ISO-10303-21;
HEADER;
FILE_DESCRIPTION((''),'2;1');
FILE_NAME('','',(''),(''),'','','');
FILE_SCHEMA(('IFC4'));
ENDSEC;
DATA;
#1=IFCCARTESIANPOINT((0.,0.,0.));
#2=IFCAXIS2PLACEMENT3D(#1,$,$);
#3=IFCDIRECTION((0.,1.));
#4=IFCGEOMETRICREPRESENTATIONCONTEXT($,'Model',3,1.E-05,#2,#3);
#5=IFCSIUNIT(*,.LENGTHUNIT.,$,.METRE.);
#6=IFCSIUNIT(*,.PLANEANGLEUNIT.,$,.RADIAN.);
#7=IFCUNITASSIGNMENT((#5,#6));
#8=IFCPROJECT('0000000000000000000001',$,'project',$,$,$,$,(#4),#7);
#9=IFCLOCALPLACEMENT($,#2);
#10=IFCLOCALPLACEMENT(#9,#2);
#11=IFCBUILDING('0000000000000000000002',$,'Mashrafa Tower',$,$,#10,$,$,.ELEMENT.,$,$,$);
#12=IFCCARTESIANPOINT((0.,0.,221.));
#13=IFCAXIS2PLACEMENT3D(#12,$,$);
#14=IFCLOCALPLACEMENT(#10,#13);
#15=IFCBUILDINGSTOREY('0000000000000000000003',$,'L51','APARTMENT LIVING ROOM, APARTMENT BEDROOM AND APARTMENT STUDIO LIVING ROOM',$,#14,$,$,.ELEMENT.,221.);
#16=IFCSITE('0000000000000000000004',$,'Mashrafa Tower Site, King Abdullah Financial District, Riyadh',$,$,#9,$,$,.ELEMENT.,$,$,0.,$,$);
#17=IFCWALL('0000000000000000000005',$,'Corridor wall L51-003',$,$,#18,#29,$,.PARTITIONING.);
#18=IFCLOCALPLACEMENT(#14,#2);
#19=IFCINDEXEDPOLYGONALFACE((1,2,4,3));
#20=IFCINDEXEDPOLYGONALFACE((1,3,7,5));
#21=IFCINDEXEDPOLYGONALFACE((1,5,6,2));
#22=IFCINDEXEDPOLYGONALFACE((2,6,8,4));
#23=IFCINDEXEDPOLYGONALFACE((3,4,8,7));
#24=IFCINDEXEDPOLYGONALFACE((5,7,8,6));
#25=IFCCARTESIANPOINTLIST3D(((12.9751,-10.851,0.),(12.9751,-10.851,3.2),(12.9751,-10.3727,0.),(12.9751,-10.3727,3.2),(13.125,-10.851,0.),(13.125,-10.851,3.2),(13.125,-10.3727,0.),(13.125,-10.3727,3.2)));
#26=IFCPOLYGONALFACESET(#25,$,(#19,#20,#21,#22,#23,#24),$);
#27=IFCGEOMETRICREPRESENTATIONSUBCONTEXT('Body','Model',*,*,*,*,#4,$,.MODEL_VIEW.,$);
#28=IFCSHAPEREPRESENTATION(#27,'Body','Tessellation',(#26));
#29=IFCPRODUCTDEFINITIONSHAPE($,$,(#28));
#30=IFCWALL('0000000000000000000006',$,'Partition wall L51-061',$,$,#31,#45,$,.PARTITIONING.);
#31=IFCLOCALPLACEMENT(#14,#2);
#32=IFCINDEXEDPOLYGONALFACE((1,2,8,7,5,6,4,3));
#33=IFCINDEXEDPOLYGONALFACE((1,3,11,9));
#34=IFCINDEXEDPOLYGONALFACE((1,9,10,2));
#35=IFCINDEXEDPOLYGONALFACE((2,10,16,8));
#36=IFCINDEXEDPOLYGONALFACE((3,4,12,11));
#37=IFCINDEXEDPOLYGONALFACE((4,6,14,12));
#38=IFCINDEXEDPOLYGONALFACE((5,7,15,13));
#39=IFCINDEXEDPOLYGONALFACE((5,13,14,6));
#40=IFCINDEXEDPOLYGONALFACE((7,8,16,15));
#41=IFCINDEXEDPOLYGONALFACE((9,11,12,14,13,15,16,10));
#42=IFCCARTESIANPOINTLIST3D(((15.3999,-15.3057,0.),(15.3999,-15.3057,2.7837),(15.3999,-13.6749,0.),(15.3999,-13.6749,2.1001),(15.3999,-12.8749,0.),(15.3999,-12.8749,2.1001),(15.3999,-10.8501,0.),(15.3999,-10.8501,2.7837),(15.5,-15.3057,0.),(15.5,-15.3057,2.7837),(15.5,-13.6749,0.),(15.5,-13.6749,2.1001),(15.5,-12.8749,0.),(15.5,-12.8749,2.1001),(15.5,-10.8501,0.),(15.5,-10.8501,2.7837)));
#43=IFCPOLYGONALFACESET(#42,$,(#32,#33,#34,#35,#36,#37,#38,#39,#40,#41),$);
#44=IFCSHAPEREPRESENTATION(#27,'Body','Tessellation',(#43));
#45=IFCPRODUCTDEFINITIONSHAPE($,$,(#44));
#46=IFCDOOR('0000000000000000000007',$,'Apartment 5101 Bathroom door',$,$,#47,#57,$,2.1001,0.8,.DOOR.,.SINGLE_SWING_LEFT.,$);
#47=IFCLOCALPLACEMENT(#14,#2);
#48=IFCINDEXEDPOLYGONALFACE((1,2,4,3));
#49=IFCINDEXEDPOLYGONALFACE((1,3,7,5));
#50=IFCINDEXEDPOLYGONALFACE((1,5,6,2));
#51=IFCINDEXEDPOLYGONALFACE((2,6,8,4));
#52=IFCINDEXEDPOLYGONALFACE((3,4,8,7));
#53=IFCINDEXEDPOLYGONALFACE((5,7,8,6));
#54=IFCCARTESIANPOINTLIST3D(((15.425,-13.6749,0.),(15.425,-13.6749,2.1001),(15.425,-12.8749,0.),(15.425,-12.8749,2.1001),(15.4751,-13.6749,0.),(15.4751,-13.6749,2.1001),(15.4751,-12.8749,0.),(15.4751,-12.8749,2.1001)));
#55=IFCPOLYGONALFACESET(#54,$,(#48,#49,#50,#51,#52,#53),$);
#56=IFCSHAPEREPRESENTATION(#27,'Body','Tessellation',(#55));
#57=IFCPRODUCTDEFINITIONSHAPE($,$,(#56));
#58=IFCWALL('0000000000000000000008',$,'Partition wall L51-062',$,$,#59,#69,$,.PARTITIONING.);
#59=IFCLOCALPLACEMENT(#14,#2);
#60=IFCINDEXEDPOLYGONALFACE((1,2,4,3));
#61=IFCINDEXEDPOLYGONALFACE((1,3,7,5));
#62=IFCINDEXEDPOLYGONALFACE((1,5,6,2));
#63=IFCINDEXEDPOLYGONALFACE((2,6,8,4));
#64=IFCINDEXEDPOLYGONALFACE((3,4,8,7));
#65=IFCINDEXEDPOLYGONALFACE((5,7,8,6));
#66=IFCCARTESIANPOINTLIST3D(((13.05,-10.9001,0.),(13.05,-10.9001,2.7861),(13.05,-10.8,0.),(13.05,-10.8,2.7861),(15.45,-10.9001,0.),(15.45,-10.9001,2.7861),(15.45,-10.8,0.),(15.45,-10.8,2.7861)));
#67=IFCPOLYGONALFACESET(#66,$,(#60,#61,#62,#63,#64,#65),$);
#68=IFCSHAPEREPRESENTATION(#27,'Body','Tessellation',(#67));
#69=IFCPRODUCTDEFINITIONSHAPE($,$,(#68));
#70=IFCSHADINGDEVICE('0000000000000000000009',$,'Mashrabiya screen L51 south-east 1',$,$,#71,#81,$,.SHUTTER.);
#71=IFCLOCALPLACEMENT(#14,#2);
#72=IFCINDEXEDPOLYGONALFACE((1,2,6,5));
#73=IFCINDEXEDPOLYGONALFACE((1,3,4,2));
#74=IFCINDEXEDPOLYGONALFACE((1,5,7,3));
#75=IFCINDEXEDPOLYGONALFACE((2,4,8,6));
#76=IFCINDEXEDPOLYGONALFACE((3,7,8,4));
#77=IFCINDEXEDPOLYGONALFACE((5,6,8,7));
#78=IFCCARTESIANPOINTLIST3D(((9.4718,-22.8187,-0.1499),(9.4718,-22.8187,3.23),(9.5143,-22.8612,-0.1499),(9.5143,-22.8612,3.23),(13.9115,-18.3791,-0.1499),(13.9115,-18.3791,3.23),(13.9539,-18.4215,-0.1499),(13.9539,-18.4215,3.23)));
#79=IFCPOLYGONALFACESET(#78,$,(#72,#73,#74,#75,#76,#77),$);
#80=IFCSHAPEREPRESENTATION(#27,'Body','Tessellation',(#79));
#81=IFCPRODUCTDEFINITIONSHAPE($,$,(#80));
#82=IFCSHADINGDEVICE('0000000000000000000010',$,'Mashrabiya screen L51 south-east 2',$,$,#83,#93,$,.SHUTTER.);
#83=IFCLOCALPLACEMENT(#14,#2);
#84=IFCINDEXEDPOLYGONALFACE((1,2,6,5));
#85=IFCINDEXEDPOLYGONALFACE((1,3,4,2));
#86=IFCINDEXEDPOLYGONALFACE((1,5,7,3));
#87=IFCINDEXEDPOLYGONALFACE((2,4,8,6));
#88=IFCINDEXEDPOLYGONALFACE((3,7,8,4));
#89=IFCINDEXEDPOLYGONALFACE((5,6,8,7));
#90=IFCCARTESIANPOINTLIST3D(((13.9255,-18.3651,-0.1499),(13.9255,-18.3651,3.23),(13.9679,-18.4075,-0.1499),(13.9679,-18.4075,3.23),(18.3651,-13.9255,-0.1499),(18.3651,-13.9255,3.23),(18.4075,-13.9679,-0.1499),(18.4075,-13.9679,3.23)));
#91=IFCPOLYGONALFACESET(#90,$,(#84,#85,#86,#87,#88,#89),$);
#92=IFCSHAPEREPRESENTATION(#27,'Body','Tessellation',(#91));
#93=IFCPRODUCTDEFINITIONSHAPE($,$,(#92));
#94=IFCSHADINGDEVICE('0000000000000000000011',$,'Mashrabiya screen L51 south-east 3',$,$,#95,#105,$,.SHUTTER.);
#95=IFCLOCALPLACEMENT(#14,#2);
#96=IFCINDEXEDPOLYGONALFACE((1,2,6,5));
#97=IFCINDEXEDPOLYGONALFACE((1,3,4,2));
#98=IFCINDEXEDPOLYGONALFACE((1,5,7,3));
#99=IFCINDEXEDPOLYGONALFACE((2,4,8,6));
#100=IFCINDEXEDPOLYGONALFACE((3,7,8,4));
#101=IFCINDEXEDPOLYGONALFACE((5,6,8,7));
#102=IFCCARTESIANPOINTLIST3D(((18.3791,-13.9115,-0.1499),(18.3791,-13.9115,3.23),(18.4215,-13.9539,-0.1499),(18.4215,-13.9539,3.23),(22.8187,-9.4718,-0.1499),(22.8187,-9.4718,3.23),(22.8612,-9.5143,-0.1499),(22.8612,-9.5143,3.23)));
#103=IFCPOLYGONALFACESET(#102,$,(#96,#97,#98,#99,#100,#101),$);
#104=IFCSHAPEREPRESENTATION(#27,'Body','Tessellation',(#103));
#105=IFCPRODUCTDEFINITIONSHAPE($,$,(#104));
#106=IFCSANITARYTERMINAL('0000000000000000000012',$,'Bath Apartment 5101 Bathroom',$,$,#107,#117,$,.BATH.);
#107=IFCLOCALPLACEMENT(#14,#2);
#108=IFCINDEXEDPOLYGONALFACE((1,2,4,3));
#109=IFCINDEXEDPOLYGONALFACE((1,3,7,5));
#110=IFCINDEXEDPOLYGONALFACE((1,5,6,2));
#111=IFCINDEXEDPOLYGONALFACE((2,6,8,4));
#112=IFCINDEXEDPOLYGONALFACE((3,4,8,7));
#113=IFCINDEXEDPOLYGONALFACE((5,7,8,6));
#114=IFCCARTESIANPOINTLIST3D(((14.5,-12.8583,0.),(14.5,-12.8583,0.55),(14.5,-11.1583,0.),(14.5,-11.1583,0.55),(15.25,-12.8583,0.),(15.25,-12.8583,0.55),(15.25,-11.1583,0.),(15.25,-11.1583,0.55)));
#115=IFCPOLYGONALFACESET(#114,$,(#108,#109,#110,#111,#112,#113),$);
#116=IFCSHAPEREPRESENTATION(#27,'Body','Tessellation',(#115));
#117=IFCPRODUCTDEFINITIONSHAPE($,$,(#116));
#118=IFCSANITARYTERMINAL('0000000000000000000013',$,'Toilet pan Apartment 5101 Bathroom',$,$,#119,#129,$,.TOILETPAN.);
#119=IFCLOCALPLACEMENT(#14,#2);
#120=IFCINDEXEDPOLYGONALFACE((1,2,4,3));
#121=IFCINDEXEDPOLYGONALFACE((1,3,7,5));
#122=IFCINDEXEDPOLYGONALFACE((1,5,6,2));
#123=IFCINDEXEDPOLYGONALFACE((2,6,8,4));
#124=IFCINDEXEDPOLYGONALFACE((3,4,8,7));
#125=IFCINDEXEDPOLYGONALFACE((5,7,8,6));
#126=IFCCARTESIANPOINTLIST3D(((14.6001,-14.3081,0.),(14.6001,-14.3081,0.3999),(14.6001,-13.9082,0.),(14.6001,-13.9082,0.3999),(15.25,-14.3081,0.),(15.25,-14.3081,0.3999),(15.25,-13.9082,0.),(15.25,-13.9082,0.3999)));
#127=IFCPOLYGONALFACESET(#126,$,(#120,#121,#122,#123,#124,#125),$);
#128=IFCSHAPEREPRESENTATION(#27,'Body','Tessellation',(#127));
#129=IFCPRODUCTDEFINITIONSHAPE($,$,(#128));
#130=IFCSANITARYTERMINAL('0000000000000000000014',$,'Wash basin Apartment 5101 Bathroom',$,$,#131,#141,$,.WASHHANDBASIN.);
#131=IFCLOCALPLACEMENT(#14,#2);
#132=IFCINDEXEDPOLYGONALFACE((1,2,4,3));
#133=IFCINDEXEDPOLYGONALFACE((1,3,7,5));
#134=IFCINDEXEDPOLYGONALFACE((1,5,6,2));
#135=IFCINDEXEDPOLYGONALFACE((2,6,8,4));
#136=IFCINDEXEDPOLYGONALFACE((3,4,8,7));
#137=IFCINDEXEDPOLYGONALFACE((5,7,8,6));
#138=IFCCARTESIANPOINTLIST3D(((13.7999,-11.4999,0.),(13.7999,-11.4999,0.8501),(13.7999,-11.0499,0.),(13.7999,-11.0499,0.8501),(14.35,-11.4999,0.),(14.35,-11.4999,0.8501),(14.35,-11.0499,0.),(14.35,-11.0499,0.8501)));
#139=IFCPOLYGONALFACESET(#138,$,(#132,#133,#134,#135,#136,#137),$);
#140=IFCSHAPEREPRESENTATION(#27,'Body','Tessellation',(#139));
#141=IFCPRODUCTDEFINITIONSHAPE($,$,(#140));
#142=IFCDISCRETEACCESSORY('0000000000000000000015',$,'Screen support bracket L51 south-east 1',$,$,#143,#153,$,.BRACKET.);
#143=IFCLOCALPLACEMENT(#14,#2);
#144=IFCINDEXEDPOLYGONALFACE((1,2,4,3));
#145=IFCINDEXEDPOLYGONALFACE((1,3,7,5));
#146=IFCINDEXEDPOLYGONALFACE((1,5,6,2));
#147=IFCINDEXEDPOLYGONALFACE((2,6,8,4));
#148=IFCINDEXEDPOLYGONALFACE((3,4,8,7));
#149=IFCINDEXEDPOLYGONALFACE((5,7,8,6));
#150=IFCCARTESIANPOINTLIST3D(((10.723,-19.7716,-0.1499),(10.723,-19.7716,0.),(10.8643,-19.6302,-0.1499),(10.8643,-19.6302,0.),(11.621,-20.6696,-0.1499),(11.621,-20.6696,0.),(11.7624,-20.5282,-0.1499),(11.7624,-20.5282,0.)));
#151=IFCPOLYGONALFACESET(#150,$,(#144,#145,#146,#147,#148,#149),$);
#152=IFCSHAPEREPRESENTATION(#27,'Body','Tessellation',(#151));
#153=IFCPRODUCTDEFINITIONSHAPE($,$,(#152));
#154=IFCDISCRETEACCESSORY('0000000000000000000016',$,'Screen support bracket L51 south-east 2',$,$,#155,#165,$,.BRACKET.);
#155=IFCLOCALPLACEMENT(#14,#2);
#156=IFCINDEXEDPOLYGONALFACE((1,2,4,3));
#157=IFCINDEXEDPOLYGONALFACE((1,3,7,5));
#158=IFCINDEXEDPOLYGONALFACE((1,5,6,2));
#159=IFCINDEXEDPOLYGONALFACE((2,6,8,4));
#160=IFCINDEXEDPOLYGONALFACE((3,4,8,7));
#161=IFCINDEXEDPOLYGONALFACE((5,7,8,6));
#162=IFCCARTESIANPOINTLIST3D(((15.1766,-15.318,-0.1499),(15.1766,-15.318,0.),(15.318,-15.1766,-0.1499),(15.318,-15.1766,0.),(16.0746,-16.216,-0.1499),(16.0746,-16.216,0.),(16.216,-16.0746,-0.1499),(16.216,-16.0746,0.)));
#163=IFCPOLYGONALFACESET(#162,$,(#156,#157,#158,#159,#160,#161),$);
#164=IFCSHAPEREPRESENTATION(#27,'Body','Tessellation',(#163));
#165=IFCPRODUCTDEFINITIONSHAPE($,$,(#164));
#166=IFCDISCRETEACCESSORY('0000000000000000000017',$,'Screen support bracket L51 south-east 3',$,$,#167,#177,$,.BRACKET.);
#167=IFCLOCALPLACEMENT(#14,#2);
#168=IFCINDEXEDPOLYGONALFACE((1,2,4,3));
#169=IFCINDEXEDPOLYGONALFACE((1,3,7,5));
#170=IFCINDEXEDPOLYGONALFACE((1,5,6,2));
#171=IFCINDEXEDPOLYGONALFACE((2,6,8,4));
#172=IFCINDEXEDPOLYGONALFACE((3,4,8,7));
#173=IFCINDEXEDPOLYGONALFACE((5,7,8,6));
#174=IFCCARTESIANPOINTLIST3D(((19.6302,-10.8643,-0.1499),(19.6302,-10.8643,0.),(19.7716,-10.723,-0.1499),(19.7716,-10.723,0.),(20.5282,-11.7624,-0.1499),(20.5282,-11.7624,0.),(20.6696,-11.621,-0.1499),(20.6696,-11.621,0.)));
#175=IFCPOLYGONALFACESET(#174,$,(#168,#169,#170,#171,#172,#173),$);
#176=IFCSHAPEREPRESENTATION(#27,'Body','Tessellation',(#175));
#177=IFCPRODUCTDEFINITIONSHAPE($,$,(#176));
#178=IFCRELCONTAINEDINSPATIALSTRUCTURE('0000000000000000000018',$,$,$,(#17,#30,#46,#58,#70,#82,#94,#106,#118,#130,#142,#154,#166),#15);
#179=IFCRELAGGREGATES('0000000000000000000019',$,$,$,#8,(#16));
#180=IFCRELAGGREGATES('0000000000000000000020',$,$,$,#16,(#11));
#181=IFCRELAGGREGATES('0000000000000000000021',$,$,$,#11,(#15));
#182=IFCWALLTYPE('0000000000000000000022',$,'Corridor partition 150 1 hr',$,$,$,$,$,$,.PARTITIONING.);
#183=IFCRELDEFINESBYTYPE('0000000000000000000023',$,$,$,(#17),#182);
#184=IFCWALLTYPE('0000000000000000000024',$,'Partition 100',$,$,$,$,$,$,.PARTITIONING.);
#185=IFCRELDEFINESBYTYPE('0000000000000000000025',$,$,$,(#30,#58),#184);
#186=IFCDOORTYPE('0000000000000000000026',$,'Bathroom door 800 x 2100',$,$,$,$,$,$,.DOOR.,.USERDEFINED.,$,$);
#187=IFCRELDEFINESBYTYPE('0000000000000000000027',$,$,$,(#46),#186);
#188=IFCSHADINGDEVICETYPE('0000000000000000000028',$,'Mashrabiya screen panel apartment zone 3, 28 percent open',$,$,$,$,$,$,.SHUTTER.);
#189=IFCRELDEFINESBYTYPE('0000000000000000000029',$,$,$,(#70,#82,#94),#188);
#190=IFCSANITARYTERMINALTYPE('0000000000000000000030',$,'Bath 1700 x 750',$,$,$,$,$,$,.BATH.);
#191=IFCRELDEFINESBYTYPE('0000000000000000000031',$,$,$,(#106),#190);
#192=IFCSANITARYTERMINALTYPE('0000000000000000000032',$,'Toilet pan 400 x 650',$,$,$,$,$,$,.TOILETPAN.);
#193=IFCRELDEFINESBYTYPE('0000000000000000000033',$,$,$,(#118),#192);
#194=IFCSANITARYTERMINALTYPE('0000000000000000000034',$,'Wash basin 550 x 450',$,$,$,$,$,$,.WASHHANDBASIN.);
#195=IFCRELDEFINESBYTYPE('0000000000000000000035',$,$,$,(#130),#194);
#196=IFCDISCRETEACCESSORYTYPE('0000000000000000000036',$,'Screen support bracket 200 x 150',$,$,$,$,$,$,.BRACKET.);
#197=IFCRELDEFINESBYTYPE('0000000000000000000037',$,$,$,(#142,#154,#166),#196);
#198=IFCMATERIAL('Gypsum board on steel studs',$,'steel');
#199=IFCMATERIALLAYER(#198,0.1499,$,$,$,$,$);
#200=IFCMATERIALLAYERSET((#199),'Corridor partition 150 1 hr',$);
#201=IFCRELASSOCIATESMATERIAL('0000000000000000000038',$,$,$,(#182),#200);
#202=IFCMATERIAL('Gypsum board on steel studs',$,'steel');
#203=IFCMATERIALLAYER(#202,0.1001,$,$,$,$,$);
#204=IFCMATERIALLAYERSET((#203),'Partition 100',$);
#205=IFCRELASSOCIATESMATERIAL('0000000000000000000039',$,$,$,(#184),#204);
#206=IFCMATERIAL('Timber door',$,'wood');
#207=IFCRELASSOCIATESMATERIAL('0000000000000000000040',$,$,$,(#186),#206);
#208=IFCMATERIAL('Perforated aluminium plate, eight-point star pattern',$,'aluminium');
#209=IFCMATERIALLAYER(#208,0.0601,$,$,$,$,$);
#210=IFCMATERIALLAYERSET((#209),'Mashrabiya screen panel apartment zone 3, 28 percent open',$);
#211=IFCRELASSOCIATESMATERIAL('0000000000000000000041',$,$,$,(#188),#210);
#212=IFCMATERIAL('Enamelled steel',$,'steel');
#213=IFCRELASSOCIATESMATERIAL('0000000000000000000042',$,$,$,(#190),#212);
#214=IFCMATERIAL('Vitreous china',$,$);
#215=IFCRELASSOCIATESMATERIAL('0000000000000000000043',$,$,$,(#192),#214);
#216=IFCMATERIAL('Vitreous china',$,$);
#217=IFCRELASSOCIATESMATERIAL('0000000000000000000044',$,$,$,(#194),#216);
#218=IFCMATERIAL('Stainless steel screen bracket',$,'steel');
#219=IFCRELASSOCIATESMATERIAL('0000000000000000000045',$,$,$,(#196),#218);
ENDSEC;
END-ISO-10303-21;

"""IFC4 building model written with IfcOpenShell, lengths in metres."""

from ifc_helpers import new_model, si_unit, direction, frame, frame_2d, origin, origin_2d, place, context, subcontext, project, spatial, rectangle, extrude, source, transform, mapped, material, layer, layer_set, type_object, type_shapes, element, fill, save


model = new_model("IFC4")

# Units and contexts
model_context = context("Model", 3, precision=1e-05, world=origin(), true_north=direction((0.0, 1.0)))
body_context = subcontext(model_context, "Body", "Model", "MODEL_VIEW")
ifc_project = project(units=[si_unit("LENGTHUNIT", "METRE"), si_unit("PLANEANGLEUNIT", "RADIAN")], contexts=[model_context])

# Site, building, storey
site_placement = place(None, origin())
site = spatial("IfcSite", under=ifc_project, at=site_placement, Name="Mashrafa Tower Site, King Abdullah Financial District, Riyadh", CompositionType="ELEMENT", RefElevation=0.0)
building_placement = place(site_placement, origin())
building = spatial("IfcBuilding", under=site, at=building_placement, Name="Mashrafa Tower", CompositionType="ELEMENT")
storey_placement = place(building_placement, frame((0.0, 0.0, 221.0)))
storey = spatial("IfcBuildingStorey", under=building, at=storey_placement, Name="L51", Description="APARTMENT LIVING ROOM, APARTMENT BEDROOM AND APARTMENT STUDIO LIVING ROOM", CompositionType="ELEMENT", Elevation=221.0)

# Wall
ifc_material_1 = material(Name="Gypsum board on steel studs", Category="steel")
ifc_layer_1 = layer(ifc_material_1, 0.1499)
ifc_layer_set_1 = layer_set([ifc_layer_1], Name="Corridor partition 150 1 hr")
wall_type_1 = type_object("IfcWallType", Name="Corridor partition 150 1 hr", PredefinedType="PARTITIONING", material=ifc_layer_set_1)
wall_1_placement = place(storey_placement, frame((13.05, -10.8511, 0.0), z_axis=(0.0, 0.0, 1.0), x_axis=(0.0, 1.0, 0.0)))
element("IfcWall", 1, at=wall_1_placement, inside=storey, type_object=wall_type_1, Name="Corridor wall L51-003", PredefinedType="PARTITIONING", context=body_context, shape_type="SweptSolid", body=[
    extrude(rectangle(XDim=0.4783, YDim=0.1499, at=frame_2d((0.2393, 0.0))), origin(), (0.0, 0.0, 1.0), 3.2),
])

# Wall, opening, door
ifc_material_2 = material(Name="Gypsum board on steel studs", Category="steel")
ifc_layer_2 = layer(ifc_material_2, 0.1001)
ifc_layer_set_2 = layer_set([ifc_layer_2], Name="Partition 100")
wall_type_2 = type_object("IfcWallType", Name="Partition 100", PredefinedType="PARTITIONING", material=ifc_layer_set_2)
wall_2_placement = place(storey_placement, frame((15.45, -15.3057, 0.0), z_axis=(0.0, 0.0, 1.0), x_axis=(0.0, 1.0, 0.0)))
wall_2 = element("IfcWall", 2, at=wall_2_placement, inside=storey, type_object=wall_type_2, Name="Partition wall L51-061", PredefinedType="PARTITIONING", context=body_context, shape_type="SweptSolid", body=[
    extrude(rectangle(XDim=4.4556, YDim=0.1001, at=frame_2d((2.2278, 0.0))), origin(), (0.0, 0.0, 1.0), 2.7837),
])
opening_placement = place(wall_2_placement, frame((1.6309, 0.0, 0.0)))
opening = element("IfcOpeningElement", 3, at=opening_placement, cuts=wall_2, PredefinedType="OPENING", context=body_context, shape_type="SweptSolid", body=[
    extrude(rectangle(XDim=0.8, YDim=2.1001, at=frame_2d((0.3999, 1.05))), frame((0.0, 0.0601, 0.0), z_axis=(0.0, -1.0, 0.0), x_axis=(1.0, 0.0, 0.0)), (0.0, 0.0, 1.0), 0.1201),
])
ifc_material_3 = material(Name="Timber door", Category="wood")
door_type = type_object("IfcDoorType", Name="Bathroom door 800 x 2100", OperationType="USERDEFINED", PredefinedType="DOOR", material=ifc_material_3)
door_placement = place(opening_placement, origin())
door = element("IfcDoor", 4, at=door_placement, inside=storey, type_object=door_type, Name="Apartment 5101 Bathroom door", OperationType="SINGLE_SWING_LEFT", OverallHeight=2.1001, OverallWidth=0.8, PredefinedType="DOOR", context=body_context, shape_type="SweptSolid", body=[
    extrude(rectangle(XDim=0.8, YDim=2.1001, at=frame_2d((0.3999, 1.05))), frame((0.0, 0.0249, 0.0), z_axis=(0.0, -1.0, 0.0), x_axis=(1.0, 0.0, 0.0)), (0.0, 0.0, 1.0), 0.05),
])
fill(opening, door)

# Wall
wall_3_placement = place(storey_placement, frame((15.45, -10.8501, 0.0), z_axis=(0.0, 0.0, 1.0), x_axis=(-1.0, 0.0, 0.0)))
element("IfcWall", 5, at=wall_3_placement, inside=storey, type_object=wall_type_2, Name="Partition wall L51-062", PredefinedType="PARTITIONING", context=body_context, shape_type="SweptSolid", body=[
    extrude(rectangle(XDim=2.3999, YDim=0.1001, at=frame_2d((1.2, 0.0))), origin(), (0.0, 0.0, 1.0), 2.7861),
])

# Shading devices
ifc_material_4 = material(Name="Perforated aluminium plate, eight-point star pattern", Category="aluminium")
ifc_layer_3 = layer(ifc_material_4, 0.0601)
ifc_layer_set_3 = layer_set([ifc_layer_3], Name="Mashrabiya screen panel apartment zone 3, 28 percent open")
shading_device_type = type_object("IfcShadingDeviceType", Name="Mashrabiya screen panel apartment zone 3, 28 percent open", PredefinedType="SHUTTER", material=ifc_layer_set_3)
shared_shape_1 = source(origin(), body_context, "Body", "SweptSolid", [
    extrude(rectangle(XDim=6.2786, YDim=0.0601, at=origin_2d()), origin(), (0.0, 0.0, 1.0), 3.3799),
])
type_shapes(shading_device_type, [shared_shape_1])
for number, where, z_axis, x_axis, name in (
    (6, (11.7129, -20.6201, -0.1499), (0.0, 0.0, 1.0), (0.707107, 0.707107, 0.0), "Mashrabiya screen L51 south-east 1"),
    (7, (16.1665, -16.1665, -0.1499), (0.0, 0.0, 1.0), (0.707107, 0.707107, 0.0), "Mashrabiya screen L51 south-east 2"),
    (8, (20.6201, -11.7129, -0.1499), (0.0, 0.0, 1.0), (0.707107, 0.707107, 0.0), "Mashrabiya screen L51 south-east 3"),
):
    element("IfcShadingDevice", number, at=place(storey_placement, frame(where, z_axis=z_axis, x_axis=x_axis)), inside=storey, type_object=shading_device_type, Name=name, PredefinedType="SHUTTER", context=body_context, shape_type="MappedRepresentation", body=[
        mapped(shared_shape_1, transform((0.0, 0.0, 0.0))),
    ])

# Sanitary terminals
ifc_material_5 = material(Name="Enamelled steel", Category="steel")
sanitary_terminal_type_1 = type_object("IfcSanitaryTerminalType", Name="Bath 1700 x 750", PredefinedType="BATH", material=ifc_material_5)
sanitary_terminal_1_placement = place(storey_placement, frame((14.875, -12.0083, 0.0), z_axis=(0.0, 0.0, 1.0), x_axis=(0.0, 1.0, 0.0)))
element("IfcSanitaryTerminal", 9, at=sanitary_terminal_1_placement, inside=storey, type_object=sanitary_terminal_type_1, Name="Bath Apartment 5101 Bathroom", PredefinedType="BATH", context=body_context, shape_type="SweptSolid", body=[
    extrude(rectangle(XDim=1.7, YDim=0.75, at=origin_2d()), origin(), (0.0, 0.0, 1.0), 0.55),
])
ifc_material_6 = material(Name="Vitreous china")
sanitary_terminal_type_2 = type_object("IfcSanitaryTerminalType", Name="Toilet pan 400 x 650", PredefinedType="TOILETPAN", material=ifc_material_6)
sanitary_terminal_2_placement = place(storey_placement, frame((14.925, -14.1082, 0.0), z_axis=(0.0, 0.0, 1.0), x_axis=(0.0, 1.0, 0.0)))
element("IfcSanitaryTerminal", 10, at=sanitary_terminal_2_placement, inside=storey, type_object=sanitary_terminal_type_2, Name="Toilet pan Apartment 5101 Bathroom", PredefinedType="TOILETPAN", context=body_context, shape_type="SweptSolid", body=[
    extrude(rectangle(XDim=0.3999, YDim=0.6499, at=origin_2d()), origin(), (0.0, 0.0, 1.0), 0.3999),
])
ifc_material_7 = material(Name="Vitreous china")
sanitary_terminal_type_3 = type_object("IfcSanitaryTerminalType", Name="Wash basin 550 x 450", PredefinedType="WASHHANDBASIN", material=ifc_material_7)
sanitary_terminal_3_placement = place(storey_placement, frame((14.075, -11.2749, 0.0), z_axis=(0.0, 0.0, 1.0), x_axis=(-1.0, 0.0, 0.0)))
element("IfcSanitaryTerminal", 11, at=sanitary_terminal_3_placement, inside=storey, type_object=sanitary_terminal_type_3, Name="Wash basin Apartment 5101 Bathroom", PredefinedType="WASHHANDBASIN", context=body_context, shape_type="SweptSolid", body=[
    extrude(rectangle(XDim=0.55, YDim=0.45, at=origin_2d()), origin(), (0.0, 0.0, 1.0), 0.8501),
])

# Discrete accessories
ifc_material_8 = material(Name="Stainless steel screen bracket", Category="steel")
discrete_accessory_type = type_object("IfcDiscreteAccessoryType", Name="Screen support bracket 200 x 150", PredefinedType="BRACKET", material=ifc_material_8)
shared_shape_2 = source(origin(), body_context, "Body", "SweptSolid", [
    extrude(rectangle(XDim=0.2, YDim=1.27, at=origin_2d()), origin(), (0.0, 0.0, 1.0), 0.1499),
])
type_shapes(discrete_accessory_type, [shared_shape_2])
for number, where, z_axis, x_axis, name in (
    (12, (11.2427, -20.1499, -0.1499), (0.0, 0.0, 1.0), (0.707107, 0.707107, 0.0), "Screen support bracket L51 south-east 1"),
    (13, (15.6963, -15.6963, -0.1499), (0.0, 0.0, 1.0), (0.707107, 0.707107, 0.0), "Screen support bracket L51 south-east 2"),
    (14, (20.1499, -11.2427, -0.1499), (0.0, 0.0, 1.0), (0.707107, 0.707107, 0.0), "Screen support bracket L51 south-east 3"),
):
    element("IfcDiscreteAccessory", number, at=place(storey_placement, frame(where, z_axis=z_axis, x_axis=x_axis)), inside=storey, type_object=discrete_accessory_type, Name=name, PredefinedType="BRACKET", context=body_context, shape_type="MappedRepresentation", body=[
        mapped(shared_shape_2, transform((0.0, 0.0, 0.0))),
    ])

save(model, "model.ifc")
